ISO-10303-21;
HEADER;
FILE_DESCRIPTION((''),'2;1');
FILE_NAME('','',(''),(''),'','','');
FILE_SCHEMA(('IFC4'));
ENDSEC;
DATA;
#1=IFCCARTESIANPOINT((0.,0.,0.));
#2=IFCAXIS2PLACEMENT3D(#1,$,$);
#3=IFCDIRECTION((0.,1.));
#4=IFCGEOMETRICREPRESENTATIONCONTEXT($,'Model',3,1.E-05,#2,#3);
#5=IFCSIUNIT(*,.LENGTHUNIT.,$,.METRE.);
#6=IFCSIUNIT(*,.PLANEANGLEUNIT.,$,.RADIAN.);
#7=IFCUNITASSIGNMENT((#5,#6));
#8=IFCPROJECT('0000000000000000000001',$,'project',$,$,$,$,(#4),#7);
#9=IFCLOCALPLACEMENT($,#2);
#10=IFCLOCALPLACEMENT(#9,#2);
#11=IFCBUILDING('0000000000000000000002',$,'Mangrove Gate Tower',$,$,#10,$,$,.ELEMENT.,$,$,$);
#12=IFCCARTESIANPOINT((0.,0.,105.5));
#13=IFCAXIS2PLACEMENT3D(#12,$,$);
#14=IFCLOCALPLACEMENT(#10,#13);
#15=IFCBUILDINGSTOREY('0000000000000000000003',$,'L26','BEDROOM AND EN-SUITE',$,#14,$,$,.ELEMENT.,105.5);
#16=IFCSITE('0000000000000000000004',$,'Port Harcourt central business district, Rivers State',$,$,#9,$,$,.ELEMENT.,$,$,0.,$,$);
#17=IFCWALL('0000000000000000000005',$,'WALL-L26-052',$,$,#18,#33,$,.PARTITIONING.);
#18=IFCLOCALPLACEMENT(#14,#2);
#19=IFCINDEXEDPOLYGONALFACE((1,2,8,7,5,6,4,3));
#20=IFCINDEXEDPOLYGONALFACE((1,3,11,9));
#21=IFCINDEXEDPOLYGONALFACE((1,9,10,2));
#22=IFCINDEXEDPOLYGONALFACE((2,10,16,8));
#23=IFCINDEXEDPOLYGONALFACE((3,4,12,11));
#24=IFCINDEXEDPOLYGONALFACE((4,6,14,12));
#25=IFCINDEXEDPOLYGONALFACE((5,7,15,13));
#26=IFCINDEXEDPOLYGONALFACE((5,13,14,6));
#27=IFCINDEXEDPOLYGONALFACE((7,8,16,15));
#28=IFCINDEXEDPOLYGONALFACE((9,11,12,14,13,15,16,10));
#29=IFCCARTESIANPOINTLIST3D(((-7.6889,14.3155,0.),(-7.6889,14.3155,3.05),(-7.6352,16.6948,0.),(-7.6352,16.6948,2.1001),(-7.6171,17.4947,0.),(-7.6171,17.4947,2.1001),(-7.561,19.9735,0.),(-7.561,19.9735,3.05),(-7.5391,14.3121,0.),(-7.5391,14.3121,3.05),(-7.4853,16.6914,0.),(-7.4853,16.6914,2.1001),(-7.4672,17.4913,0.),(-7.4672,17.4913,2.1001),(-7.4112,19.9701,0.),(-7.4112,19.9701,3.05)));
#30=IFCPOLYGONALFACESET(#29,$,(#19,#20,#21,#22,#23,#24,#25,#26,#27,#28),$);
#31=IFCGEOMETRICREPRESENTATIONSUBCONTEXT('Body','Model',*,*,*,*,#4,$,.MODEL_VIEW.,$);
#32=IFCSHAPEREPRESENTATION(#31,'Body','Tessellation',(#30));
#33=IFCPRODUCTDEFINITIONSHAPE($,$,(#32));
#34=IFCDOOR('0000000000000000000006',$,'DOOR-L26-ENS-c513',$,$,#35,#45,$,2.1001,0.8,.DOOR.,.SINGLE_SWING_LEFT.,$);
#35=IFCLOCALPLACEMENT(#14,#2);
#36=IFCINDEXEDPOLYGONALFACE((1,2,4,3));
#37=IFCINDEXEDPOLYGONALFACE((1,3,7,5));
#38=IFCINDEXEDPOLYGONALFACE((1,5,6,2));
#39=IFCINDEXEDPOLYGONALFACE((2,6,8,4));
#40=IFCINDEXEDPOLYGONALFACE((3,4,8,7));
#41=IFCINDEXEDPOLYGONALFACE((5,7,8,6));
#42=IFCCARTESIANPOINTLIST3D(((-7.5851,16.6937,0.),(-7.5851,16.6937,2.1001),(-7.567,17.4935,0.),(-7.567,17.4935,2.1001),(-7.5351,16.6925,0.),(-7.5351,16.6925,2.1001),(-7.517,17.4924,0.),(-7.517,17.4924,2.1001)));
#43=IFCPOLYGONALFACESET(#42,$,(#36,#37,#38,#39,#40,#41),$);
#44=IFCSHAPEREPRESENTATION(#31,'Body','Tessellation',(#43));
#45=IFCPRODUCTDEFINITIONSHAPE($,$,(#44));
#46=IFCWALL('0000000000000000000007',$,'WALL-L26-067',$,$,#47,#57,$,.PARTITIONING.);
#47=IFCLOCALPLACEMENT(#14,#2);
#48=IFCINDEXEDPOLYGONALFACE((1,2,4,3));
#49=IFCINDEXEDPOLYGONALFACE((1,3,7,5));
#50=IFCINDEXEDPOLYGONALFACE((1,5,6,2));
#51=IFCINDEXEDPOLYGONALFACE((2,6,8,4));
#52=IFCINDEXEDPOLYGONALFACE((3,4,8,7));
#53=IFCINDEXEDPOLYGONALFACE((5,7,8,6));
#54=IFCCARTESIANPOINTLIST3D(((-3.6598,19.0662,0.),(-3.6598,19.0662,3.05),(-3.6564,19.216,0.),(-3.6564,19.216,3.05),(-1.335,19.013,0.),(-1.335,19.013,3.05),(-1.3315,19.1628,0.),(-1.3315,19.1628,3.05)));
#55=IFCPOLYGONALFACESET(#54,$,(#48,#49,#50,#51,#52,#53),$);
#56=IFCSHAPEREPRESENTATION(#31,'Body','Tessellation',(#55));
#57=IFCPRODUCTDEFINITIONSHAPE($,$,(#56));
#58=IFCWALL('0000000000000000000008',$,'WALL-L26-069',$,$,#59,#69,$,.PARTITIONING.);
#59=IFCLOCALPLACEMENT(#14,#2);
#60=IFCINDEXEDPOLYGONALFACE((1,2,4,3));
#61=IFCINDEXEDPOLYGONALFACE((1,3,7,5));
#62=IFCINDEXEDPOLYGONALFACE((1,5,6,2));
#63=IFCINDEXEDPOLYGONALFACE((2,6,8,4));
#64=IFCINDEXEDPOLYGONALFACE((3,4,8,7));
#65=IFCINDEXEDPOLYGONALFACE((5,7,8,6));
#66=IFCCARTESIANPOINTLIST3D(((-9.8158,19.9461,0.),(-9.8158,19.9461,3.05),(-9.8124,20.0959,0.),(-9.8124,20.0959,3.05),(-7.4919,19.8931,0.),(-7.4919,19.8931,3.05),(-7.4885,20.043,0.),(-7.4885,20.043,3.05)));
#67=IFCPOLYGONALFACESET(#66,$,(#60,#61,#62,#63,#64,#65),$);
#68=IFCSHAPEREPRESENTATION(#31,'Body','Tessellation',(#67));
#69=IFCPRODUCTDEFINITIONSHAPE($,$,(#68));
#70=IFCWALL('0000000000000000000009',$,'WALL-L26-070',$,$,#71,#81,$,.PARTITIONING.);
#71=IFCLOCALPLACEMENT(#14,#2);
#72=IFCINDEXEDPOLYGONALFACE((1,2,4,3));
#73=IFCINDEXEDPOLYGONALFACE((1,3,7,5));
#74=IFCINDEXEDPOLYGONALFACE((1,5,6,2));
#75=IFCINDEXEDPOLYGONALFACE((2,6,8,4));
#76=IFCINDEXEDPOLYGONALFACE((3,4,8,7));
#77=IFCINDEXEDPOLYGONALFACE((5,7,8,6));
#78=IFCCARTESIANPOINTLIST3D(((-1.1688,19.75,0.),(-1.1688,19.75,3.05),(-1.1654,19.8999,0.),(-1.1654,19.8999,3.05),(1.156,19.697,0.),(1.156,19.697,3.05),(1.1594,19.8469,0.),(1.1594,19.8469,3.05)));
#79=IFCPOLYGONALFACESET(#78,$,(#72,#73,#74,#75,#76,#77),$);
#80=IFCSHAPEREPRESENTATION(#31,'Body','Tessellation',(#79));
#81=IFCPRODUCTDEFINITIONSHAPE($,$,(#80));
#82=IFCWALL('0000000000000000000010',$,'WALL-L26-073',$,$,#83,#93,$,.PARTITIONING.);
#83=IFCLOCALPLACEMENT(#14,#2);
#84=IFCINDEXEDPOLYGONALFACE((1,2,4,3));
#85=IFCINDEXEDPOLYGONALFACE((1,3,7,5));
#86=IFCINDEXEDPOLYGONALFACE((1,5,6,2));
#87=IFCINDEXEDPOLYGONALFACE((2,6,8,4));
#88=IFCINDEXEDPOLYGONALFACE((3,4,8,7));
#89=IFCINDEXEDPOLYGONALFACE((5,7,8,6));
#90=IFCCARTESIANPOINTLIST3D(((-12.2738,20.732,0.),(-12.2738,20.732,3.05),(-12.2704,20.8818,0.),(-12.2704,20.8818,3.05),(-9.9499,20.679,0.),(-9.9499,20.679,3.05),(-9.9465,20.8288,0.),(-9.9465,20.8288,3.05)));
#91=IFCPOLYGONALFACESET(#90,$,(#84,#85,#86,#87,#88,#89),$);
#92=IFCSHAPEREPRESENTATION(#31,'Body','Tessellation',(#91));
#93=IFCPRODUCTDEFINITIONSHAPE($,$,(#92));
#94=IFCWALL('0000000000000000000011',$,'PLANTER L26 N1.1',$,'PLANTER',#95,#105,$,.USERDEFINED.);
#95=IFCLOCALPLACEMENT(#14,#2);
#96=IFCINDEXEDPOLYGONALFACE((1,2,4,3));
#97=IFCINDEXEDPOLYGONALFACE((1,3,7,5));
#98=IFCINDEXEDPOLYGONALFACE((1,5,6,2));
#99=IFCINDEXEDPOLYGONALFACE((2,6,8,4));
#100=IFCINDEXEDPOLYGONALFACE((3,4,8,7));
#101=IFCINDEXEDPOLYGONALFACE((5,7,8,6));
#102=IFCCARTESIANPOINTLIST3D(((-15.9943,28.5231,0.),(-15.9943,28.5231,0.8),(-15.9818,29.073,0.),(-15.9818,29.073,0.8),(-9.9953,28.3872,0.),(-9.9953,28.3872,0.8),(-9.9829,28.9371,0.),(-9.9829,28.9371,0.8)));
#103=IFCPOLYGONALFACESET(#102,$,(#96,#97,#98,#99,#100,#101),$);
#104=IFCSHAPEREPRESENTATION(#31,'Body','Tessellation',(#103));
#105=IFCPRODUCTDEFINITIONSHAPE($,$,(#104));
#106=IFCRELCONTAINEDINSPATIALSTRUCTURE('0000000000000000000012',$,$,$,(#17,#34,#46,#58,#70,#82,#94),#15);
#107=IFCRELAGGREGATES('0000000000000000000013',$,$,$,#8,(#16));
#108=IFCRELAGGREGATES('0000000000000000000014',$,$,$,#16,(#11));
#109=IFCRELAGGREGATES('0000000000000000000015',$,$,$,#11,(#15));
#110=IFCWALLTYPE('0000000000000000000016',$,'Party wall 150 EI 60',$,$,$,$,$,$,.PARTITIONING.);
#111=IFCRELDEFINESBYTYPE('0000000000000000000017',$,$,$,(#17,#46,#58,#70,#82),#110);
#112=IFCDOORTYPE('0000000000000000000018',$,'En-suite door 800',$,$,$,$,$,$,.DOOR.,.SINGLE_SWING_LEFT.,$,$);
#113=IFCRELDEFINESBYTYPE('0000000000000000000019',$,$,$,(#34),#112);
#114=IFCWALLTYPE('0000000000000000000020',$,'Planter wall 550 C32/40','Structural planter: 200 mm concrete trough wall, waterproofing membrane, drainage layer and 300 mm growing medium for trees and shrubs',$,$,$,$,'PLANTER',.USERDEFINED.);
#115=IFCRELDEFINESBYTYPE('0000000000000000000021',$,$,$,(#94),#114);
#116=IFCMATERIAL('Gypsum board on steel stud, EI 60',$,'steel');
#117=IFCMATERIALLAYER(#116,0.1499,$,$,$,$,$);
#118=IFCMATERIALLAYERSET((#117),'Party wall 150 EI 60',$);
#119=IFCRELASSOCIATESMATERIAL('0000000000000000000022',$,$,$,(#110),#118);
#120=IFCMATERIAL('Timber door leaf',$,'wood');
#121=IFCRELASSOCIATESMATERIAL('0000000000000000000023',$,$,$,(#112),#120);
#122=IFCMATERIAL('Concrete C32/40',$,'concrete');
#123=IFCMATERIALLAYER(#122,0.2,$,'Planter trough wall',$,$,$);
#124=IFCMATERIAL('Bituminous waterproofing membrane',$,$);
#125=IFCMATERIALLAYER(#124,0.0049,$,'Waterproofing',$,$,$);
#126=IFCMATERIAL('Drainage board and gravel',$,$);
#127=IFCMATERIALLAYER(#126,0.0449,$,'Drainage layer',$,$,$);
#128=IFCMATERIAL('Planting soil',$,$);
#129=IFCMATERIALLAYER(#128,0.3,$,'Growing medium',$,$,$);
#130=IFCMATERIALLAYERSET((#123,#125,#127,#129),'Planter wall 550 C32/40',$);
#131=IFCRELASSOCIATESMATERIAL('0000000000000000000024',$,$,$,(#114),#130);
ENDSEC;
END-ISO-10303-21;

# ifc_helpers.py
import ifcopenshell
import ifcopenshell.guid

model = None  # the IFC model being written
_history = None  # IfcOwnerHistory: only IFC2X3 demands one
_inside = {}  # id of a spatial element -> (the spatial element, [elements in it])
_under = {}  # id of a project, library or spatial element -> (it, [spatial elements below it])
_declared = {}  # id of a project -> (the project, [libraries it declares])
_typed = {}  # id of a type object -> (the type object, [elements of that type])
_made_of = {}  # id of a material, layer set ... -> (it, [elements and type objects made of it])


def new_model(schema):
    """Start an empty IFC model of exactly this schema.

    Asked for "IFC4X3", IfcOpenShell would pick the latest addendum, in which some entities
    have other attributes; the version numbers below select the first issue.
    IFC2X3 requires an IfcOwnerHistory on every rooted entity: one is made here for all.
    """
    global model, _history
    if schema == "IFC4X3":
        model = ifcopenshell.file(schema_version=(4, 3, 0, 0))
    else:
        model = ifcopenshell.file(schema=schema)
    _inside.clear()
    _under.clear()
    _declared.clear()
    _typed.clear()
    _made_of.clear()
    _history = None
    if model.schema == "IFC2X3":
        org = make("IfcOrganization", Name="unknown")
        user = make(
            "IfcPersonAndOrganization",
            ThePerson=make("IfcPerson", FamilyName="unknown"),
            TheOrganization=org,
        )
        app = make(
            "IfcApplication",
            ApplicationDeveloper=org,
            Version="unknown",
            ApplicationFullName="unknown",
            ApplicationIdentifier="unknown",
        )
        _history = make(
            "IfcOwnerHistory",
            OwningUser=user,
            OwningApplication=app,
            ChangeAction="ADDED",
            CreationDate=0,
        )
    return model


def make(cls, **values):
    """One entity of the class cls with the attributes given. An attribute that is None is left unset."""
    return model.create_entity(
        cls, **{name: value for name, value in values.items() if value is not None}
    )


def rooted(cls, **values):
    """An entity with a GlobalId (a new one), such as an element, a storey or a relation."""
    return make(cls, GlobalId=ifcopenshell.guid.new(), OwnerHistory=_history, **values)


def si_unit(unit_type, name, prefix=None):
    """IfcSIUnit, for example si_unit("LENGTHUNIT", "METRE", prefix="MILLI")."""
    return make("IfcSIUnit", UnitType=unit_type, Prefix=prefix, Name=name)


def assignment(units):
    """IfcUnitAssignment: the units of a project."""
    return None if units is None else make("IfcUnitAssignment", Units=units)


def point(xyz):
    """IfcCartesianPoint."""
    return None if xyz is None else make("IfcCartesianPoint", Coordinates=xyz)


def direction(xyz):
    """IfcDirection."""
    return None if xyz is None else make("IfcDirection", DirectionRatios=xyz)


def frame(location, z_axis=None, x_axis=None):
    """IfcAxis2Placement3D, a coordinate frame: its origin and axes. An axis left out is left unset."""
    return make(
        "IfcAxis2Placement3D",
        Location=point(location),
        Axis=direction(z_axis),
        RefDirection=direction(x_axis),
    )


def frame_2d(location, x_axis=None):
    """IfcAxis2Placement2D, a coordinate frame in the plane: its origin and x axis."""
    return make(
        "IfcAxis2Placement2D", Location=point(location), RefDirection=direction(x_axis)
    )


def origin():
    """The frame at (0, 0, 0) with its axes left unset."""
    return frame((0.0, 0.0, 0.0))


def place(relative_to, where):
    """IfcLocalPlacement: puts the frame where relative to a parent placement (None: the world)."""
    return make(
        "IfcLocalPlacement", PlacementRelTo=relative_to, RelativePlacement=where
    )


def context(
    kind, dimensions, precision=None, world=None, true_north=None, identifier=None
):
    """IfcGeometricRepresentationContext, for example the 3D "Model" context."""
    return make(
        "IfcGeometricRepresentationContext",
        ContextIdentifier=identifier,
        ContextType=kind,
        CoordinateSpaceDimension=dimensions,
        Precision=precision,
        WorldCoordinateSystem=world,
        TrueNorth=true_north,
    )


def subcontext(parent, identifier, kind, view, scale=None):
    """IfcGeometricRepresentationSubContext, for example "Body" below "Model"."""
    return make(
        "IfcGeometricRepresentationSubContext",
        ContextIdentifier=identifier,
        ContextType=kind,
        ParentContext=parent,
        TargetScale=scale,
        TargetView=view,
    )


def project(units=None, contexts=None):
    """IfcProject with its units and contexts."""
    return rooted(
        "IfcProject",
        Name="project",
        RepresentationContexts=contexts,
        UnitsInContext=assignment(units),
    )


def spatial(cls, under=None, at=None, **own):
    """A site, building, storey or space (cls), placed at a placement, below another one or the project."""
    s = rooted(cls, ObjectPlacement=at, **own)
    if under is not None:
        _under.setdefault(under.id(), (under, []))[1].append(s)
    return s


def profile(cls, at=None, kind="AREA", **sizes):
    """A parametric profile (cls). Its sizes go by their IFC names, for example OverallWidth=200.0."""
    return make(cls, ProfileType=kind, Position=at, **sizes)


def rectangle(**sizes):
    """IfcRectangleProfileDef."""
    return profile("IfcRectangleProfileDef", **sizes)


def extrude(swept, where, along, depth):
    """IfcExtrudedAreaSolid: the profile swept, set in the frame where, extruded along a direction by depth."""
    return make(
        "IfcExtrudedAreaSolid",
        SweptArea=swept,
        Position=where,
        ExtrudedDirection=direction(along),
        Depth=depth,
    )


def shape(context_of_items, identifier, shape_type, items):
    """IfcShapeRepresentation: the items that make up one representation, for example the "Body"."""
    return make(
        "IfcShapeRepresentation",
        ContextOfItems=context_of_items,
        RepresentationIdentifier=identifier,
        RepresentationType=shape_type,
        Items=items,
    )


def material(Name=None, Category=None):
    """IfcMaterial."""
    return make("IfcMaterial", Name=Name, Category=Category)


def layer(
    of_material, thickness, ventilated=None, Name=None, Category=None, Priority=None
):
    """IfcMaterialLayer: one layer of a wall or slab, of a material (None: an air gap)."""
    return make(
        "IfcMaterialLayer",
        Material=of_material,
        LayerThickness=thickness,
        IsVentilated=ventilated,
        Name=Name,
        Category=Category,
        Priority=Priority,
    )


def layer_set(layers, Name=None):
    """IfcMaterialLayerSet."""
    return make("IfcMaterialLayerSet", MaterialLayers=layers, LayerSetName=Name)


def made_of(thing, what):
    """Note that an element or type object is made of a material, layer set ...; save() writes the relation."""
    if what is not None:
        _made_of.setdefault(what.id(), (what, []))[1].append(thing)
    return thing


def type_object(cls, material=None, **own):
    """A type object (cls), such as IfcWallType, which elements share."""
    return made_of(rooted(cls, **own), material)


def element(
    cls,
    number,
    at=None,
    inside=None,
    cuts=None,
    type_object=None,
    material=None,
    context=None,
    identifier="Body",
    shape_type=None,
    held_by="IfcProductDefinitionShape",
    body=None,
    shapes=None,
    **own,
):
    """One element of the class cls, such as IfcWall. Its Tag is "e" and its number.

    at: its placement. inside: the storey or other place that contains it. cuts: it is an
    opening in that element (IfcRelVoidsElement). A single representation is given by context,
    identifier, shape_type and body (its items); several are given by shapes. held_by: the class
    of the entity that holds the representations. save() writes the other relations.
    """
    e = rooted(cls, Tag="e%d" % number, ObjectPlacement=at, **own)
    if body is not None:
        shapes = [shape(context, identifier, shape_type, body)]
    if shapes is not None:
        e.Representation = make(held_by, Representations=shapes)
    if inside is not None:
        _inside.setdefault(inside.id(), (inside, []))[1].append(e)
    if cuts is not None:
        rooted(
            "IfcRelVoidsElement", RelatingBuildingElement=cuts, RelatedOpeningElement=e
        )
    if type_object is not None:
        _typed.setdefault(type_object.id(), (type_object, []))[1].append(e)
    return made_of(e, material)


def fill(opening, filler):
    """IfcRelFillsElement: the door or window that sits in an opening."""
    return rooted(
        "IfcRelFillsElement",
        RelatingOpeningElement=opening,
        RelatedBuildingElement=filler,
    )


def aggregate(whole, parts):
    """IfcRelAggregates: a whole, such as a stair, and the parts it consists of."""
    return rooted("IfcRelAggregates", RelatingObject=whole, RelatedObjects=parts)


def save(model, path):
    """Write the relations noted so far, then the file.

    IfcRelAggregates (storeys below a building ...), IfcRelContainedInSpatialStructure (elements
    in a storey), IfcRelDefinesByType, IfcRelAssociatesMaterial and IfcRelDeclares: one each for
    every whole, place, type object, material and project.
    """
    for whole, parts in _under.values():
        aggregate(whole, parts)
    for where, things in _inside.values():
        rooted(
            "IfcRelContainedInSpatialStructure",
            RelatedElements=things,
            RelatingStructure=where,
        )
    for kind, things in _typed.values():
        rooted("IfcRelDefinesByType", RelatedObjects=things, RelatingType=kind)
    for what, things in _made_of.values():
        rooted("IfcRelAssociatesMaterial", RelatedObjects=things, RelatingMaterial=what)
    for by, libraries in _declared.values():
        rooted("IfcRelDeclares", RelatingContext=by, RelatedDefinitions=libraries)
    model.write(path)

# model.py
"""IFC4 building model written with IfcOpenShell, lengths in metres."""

from ifc_helpers import new_model, si_unit, direction, frame, frame_2d, origin, place, context, subcontext, project, spatial, rectangle, extrude, material, layer, layer_set, type_object, element, fill, save


model = new_model("IFC4")

# Units and contexts
model_context = context("Model", 3, precision=1e-05, world=origin(), true_north=direction((0.0, 1.0)))
body_context = subcontext(model_context, "Body", "Model", "MODEL_VIEW")
ifc_project = project(units=[si_unit("LENGTHUNIT", "METRE"), si_unit("PLANEANGLEUNIT", "RADIAN")], contexts=[model_context])

# Site, building, storey
site_placement = place(None, origin())
site = spatial("IfcSite", under=ifc_project, at=site_placement, Name="Port Harcourt central business district, Rivers State", CompositionType="ELEMENT", RefElevation=0.0)
building_placement = place(site_placement, origin())
building = spatial("IfcBuilding", under=site, at=building_placement, Name="Mangrove Gate Tower", CompositionType="ELEMENT")
storey_placement = place(building_placement, frame((0.0, 0.0, 105.5)))
storey = spatial("IfcBuildingStorey", under=building, at=storey_placement, Name="L26", Description="BEDROOM AND EN-SUITE", CompositionType="ELEMENT", Elevation=105.5)

# Shared definitions
ifc_material_1 = material(Name="Gypsum board on steel stud, EI 60", Category="steel")
ifc_layer_1 = layer(ifc_material_1, 0.1499)
ifc_layer_set_1 = layer_set([ifc_layer_1], Name="Party wall 150 EI 60")
wall_type_1 = type_object("IfcWallType", Name="Party wall 150 EI 60", PredefinedType="PARTITIONING", material=ifc_layer_set_1)
ifc_material_2 = material(Name="Timber door leaf", Category="wood")
door_type = type_object("IfcDoorType", Name="En-suite door 800", OperationType="SINGLE_SWING_LEFT", PredefinedType="DOOR", material=ifc_material_2)

# Wall, opening, door
wall_1_placement = place(storey_placement, frame((-7.614, 14.314, 0.0), z_axis=(0.0, 0.0, 1.0), x_axis=(0.022605, 0.999744, 0.0)))
wall_1 = element("IfcWall", 1, at=wall_1_placement, inside=storey, type_object=wall_type_1, Name="WALL-L26-052", PredefinedType="PARTITIONING", context=body_context, shape_type="SweptSolid", body=[
    extrude(rectangle(XDim=5.6594, YDim=0.1499, at=frame_2d((2.8296, 0.0))), origin(), (0.0, 0.0, 1.0), 3.05),
])
opening_1_placement = place(wall_1_placement, frame((2.3799, 0.0, 0.0)))
opening_1 = element("IfcOpeningElement", 2, at=opening_1_placement, cuts=wall_1, PredefinedType="OPENING", context=body_context, shape_type="SweptSolid", body=[
    extrude(rectangle(XDim=0.8, YDim=2.1001, at=frame_2d((0.3999, 1.05))), frame((0.0, 0.085, 0.0), z_axis=(0.0, -1.0, 0.0), x_axis=(1.0, 0.0, 0.0)), (0.0, 0.0, 1.0), 0.1699),
])
door_1_placement = place(opening_1_placement, origin())
door_1 = element("IfcDoor", 3, at=door_1_placement, inside=storey, type_object=door_type, Name="DOOR-L26-ENS-c513", OperationType="SINGLE_SWING_LEFT", OverallHeight=2.1001, OverallWidth=0.8, PredefinedType="DOOR", context=body_context, shape_type="SweptSolid", body=[
    extrude(rectangle(XDim=0.8, YDim=2.1001, at=frame_2d((0.3999, 1.05))), frame((0.0, 0.0249, 0.0), z_axis=(0.0, -1.0, 0.0), x_axis=(1.0, 0.0, 0.0)), (0.0, 0.0, 1.0), 0.05),
])
fill(opening_1, door_1)

# Walls
wall_2_placement = place(storey_placement, frame((-3.658, 19.1411, 0.0), z_axis=(0.0, 0.0, 1.0), x_axis=(0.999738, -0.022886, 0.0)))
element("IfcWall", 4, at=wall_2_placement, inside=storey, type_object=wall_type_1, Name="WALL-L26-067", PredefinedType="PARTITIONING", context=body_context, shape_type="SweptSolid", body=[
    extrude(rectangle(XDim=2.3254, YDim=0.1499, at=frame_2d((1.1626, 0.0))), origin(), (0.0, 0.0, 1.0), 3.05),
])
wall_3_placement = place(storey_placement, frame((-9.814, 20.021, 0.0), z_axis=(0.0, 0.0, 1.0), x_axis=(0.99974, -0.022791, 0.0)))
element("IfcWall", 5, at=wall_3_placement, inside=storey, type_object=wall_type_1, Name="WALL-L26-069", PredefinedType="PARTITIONING", context=body_context, shape_type="SweptSolid", body=[
    extrude(rectangle(XDim=2.3245, YDim=0.1499, at=frame_2d((1.1621, 0.0))), origin(), (0.0, 0.0, 1.0), 3.05),
])
wall_4_placement = place(storey_placement, frame((-1.167, 19.825, 0.0), z_axis=(0.0, 0.0, 1.0), x_axis=(0.99974, -0.022781, 0.0)))
element("IfcWall", 6, at=wall_4_placement, inside=storey, type_object=wall_type_1, Name="WALL-L26-070", PredefinedType="PARTITIONING", context=body_context, shape_type="SweptSolid", body=[
    extrude(rectangle(XDim=2.3254, YDim=0.1499, at=frame_2d((1.1626, 0.0))), origin(), (0.0, 0.0, 1.0), 3.05),
])
wall_5_placement = place(storey_placement, frame((-12.272, 20.8069, 0.0), z_axis=(0.0, 0.0, 1.0), x_axis=(0.99974, -0.022791, 0.0)))
element("IfcWall", 7, at=wall_5_placement, inside=storey, type_object=wall_type_1, Name="WALL-L26-073", PredefinedType="PARTITIONING", context=body_context, shape_type="SweptSolid", body=[
    extrude(rectangle(XDim=2.3245, YDim=0.1499, at=frame_2d((1.1621, 0.0))), origin(), (0.0, 0.0, 1.0), 3.05),
])
ifc_material_3 = material(Name="Concrete C32/40", Category="concrete")
ifc_layer_2 = layer(ifc_material_3, 0.2, Name="Planter trough wall")
ifc_material_4 = material(Name="Bituminous waterproofing membrane")
ifc_layer_3 = layer(ifc_material_4, 0.0049, Name="Waterproofing")
ifc_material_5 = material(Name="Drainage board and gravel")
ifc_layer_4 = layer(ifc_material_5, 0.0449, Name="Drainage layer")
ifc_material_6 = material(Name="Planting soil")
ifc_layer_5 = layer(ifc_material_6, 0.3, Name="Growing medium")
ifc_layer_set_2 = layer_set([ifc_layer_2, ifc_layer_3, ifc_layer_4, ifc_layer_5], Name="Planter wall 550 C32/40")
wall_type_2 = type_object("IfcWallType", Name="Planter wall 550 C32/40", Description="Structural planter: 200 mm concrete trough wall, waterproofing membrane, drainage layer and 300 mm growing medium for trees and shrubs", ElementType="PLANTER", PredefinedType="USERDEFINED", material=ifc_layer_set_2)
wall_6_placement = place(storey_placement, frame((-15.988, 28.7981, 0.0), z_axis=(0.0, 0.0, 1.0), x_axis=(0.999743, -0.022662, 0.0)))
element("IfcWall", 8, at=wall_6_placement, inside=storey, type_object=wall_type_2, Name="PLANTER L26 N1.1", ObjectType="PLANTER", PredefinedType="USERDEFINED", context=body_context, shape_type="SweptSolid", body=[
    extrude(rectangle(XDim=6.0005, YDim=0.55, at=frame_2d((3.0002, 0.0))), origin(), (0.0, 0.0, 1.0), 0.8),
])

save(model, "model.ifc")
